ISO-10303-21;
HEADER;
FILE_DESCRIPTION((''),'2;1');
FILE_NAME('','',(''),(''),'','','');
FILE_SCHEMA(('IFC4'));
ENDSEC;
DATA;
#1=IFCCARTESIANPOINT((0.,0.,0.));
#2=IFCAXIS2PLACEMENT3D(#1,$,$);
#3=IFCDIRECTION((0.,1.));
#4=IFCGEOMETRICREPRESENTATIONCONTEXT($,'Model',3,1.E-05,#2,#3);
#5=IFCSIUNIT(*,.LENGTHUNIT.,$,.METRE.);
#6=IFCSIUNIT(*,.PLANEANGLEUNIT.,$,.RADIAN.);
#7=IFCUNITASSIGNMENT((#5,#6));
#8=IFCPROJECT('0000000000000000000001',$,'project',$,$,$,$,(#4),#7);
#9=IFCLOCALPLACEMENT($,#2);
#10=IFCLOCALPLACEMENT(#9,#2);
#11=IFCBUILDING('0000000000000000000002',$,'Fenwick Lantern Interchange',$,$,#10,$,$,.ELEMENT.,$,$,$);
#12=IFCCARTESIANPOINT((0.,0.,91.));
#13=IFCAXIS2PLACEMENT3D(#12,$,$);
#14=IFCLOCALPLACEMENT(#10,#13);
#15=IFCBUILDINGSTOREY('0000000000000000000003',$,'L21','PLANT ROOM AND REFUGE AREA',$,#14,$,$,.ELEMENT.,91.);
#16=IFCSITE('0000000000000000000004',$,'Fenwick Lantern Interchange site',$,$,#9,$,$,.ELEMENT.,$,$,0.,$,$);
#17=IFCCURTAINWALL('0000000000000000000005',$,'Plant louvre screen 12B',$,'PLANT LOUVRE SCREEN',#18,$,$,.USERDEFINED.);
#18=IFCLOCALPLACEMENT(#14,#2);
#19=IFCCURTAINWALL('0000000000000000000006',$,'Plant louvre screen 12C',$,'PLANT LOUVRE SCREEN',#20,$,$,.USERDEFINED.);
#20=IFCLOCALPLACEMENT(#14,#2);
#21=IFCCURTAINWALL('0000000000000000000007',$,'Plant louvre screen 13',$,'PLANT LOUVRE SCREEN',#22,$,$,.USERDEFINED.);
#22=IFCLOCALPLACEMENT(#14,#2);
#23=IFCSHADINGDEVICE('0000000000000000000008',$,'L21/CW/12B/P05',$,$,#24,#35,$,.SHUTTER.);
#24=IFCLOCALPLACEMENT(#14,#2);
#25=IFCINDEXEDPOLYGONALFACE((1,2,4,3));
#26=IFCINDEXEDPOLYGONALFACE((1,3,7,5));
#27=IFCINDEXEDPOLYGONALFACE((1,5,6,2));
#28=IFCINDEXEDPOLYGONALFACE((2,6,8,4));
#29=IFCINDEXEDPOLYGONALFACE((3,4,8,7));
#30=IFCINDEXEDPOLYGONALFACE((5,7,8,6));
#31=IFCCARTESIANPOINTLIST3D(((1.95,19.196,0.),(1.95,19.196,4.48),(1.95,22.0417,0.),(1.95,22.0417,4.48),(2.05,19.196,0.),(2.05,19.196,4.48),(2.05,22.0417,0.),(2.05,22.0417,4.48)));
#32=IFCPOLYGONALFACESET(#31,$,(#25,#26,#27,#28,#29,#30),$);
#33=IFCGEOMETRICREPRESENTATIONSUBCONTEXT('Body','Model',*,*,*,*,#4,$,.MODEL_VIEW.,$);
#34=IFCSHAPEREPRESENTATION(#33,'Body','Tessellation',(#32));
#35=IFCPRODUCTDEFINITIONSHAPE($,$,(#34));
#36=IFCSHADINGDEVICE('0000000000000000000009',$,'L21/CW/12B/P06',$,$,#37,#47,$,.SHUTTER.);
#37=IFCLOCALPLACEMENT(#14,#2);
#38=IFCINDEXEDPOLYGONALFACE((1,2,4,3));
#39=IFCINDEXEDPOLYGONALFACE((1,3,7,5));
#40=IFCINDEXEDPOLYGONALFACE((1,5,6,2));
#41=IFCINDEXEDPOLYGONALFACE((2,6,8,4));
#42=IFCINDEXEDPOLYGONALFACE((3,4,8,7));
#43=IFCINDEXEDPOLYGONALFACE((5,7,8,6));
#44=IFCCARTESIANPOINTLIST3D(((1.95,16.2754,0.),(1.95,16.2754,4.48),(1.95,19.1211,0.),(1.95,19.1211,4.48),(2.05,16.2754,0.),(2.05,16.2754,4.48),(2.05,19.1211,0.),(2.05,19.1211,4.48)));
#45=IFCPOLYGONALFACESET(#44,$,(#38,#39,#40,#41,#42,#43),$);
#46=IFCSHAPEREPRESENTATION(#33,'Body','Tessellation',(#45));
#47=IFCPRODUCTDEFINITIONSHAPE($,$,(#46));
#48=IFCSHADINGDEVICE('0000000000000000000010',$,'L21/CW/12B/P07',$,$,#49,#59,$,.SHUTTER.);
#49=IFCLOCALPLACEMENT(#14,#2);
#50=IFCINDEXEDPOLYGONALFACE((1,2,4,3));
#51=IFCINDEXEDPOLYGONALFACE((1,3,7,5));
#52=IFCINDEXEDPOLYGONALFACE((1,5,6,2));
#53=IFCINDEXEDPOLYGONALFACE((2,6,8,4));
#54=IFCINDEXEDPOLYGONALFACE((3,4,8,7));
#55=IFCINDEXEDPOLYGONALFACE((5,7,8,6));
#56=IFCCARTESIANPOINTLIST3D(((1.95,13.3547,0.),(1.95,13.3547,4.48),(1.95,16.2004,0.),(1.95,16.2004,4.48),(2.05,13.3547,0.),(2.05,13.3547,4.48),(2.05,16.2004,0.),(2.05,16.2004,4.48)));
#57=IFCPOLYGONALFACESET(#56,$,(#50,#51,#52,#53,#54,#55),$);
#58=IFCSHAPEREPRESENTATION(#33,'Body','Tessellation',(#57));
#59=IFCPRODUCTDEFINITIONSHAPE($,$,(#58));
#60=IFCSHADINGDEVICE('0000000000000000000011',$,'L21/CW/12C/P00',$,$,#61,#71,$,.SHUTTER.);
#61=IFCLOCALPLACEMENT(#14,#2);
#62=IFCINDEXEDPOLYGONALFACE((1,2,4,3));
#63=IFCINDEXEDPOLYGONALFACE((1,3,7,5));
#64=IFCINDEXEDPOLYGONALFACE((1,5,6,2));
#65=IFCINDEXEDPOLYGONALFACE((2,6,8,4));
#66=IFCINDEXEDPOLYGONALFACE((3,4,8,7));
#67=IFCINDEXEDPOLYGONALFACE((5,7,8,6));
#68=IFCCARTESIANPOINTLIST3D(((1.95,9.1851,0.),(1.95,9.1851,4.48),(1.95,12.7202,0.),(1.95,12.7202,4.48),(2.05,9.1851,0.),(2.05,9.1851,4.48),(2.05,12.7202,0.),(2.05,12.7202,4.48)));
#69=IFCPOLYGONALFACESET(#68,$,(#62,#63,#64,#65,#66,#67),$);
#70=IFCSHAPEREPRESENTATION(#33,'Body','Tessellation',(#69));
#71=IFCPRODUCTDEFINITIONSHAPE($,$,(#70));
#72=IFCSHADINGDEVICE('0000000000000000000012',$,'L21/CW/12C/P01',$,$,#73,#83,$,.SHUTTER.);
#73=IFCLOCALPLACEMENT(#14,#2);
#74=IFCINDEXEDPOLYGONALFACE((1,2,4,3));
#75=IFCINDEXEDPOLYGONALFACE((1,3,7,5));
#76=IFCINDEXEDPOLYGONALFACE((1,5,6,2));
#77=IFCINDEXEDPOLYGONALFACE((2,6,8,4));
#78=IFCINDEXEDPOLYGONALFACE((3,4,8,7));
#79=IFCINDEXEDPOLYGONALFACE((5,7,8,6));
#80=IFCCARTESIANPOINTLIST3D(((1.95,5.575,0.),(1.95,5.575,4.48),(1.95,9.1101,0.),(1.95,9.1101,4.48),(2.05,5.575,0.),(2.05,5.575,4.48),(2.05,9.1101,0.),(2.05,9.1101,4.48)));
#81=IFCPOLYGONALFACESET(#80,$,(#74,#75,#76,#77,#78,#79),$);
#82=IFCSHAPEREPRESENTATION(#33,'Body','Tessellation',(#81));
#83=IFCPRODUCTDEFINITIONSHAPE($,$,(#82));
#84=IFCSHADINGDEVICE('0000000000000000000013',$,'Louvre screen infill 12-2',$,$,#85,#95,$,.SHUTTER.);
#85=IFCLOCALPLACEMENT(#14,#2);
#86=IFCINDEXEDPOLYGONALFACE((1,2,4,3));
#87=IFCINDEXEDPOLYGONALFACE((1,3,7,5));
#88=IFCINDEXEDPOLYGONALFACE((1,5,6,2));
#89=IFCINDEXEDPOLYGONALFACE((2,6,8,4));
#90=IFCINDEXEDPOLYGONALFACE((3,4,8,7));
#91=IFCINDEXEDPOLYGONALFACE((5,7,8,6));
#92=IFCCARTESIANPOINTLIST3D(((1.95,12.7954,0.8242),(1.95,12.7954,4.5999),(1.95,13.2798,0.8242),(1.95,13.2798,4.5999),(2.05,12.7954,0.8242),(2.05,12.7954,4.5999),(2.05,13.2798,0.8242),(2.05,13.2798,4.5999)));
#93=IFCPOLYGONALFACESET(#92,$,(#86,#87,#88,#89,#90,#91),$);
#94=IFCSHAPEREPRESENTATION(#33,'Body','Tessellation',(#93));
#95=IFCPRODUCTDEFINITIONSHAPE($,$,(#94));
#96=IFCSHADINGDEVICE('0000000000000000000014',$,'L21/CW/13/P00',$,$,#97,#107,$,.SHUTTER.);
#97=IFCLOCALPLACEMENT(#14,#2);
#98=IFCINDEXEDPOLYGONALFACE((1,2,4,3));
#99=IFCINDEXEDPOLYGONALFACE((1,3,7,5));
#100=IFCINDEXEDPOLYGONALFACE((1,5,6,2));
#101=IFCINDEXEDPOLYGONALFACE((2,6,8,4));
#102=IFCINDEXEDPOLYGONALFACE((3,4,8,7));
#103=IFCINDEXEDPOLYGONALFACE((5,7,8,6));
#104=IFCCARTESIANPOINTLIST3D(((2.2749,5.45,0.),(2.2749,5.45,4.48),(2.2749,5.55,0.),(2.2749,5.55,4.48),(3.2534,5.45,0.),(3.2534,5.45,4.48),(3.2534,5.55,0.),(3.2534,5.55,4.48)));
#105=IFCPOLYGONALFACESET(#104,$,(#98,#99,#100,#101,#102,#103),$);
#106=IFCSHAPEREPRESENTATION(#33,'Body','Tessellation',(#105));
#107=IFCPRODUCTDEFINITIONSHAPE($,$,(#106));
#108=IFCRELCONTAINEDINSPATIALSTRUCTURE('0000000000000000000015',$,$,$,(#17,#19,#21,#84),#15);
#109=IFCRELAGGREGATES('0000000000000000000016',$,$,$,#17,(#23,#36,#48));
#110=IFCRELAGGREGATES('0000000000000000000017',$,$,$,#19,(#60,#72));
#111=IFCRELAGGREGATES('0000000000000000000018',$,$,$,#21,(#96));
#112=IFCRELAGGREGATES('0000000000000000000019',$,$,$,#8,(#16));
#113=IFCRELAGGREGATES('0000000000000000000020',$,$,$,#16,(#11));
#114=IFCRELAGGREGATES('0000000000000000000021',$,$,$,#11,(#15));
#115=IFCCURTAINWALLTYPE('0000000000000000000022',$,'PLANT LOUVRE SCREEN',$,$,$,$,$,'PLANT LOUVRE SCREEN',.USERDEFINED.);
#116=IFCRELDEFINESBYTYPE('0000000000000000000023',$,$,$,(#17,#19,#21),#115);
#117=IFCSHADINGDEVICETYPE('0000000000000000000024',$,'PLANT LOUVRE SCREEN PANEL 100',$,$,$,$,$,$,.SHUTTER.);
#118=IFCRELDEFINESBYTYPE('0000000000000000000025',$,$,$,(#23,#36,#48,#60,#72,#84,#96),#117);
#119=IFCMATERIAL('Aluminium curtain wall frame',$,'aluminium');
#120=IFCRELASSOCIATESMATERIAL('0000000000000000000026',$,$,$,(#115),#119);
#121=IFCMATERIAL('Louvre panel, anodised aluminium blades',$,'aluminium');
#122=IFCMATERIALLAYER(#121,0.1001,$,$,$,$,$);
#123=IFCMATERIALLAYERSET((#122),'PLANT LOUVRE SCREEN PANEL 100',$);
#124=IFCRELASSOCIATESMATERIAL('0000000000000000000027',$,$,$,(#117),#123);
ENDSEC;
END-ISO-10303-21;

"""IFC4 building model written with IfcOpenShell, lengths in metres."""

from ifc_helpers import new_model, si_unit, direction, frame, origin, origin_2d, place, context, subcontext, project, spatial, rectangle, extrude, material, layer, layer_set, type_object, element, aggregate, save


model = new_model("IFC4")

# Units and contexts
model_context = context("Model", 3, precision=1e-05, world=origin(), true_north=direction((0.0, 1.0)))
body_context = subcontext(model_context, "Body", "Model", "MODEL_VIEW")
ifc_project = project(units=[si_unit("LENGTHUNIT", "METRE"), si_unit("PLANEANGLEUNIT", "RADIAN")], contexts=[model_context])

# Site, building, storey
site_placement = place(None, origin())
site = spatial("IfcSite", under=ifc_project, at=site_placement, Name="Fenwick Lantern Interchange site", CompositionType="ELEMENT", RefElevation=0.0)
building_placement = place(site_placement, origin())
building = spatial("IfcBuilding", under=site, at=building_placement, Name="Fenwick Lantern Interchange", CompositionType="ELEMENT")
storey_placement = place(building_placement, frame((0.0, 0.0, 91.0)))
storey = spatial("IfcBuildingStorey", under=building, at=storey_placement, Name="L21", Description="PLANT ROOM AND REFUGE AREA", CompositionType="ELEMENT", Elevation=91.0)

# Curtain walls
ifc_material_1 = material(Name="Aluminium curtain wall frame", Category="aluminium")
curtain_wall_type = type_object("IfcCurtainWallType", Name="PLANT LOUVRE SCREEN", ElementType="PLANT LOUVRE SCREEN", PredefinedType="USERDEFINED", material=ifc_material_1)
curtain_wall_1_placement = place(storey_placement, origin())
curtain_wall_1 = element("IfcCurtainWall", 1, at=curtain_wall_1_placement, inside=storey, type_object=curtain_wall_type, Name="Plant louvre screen 12B", ObjectType="PLANT LOUVRE SCREEN", PredefinedType="USERDEFINED")
curtain_wall_2_placement = place(storey_placement, origin())
curtain_wall_2 = element("IfcCurtainWall", 2, at=curtain_wall_2_placement, inside=storey, type_object=curtain_wall_type, Name="Plant louvre screen 12C", ObjectType="PLANT LOUVRE SCREEN", PredefinedType="USERDEFINED")

# Curtain wall
curtain_wall_3_placement = place(storey_placement, origin())
curtain_wall_3 = element("IfcCurtainWall", 3, at=curtain_wall_3_placement, inside=storey, type_object=curtain_wall_type, Name="Plant louvre screen 13", ObjectType="PLANT LOUVRE SCREEN", PredefinedType="USERDEFINED")

# Shading devices
ifc_material_2 = material(Name="Louvre panel, anodised aluminium blades", Category="aluminium")
ifc_layer_1 = layer(ifc_material_2, 0.1001)
ifc_layer_set_1 = layer_set([ifc_layer_1], Name="PLANT LOUVRE SCREEN PANEL 100")
shading_device_type = type_object("IfcShadingDeviceType", Name="PLANT LOUVRE SCREEN PANEL 100", PredefinedType="SHUTTER", material=ifc_layer_set_1)
shading_device_1_placement = place(storey_placement, frame((2.0, 20.6189, 0.0), z_axis=(0.0, 0.0, 1.0), x_axis=(0.0, -1.0, 0.0)))
shading_device_1 = element("IfcShadingDevice", 4, at=shading_device_1_placement, type_object=shading_device_type, Name="L21/CW/12B/P05", PredefinedType="SHUTTER", context=body_context, shape_type="SweptSolid", body=[
    extrude(rectangle(XDim=2.8457, YDim=0.1001, at=origin_2d()), origin(), (0.0, 0.0, 1.0), 4.48),
])
shading_device_2_placement = place(storey_placement, frame((2.0, 17.6982, 0.0), z_axis=(0.0, 0.0, 1.0), x_axis=(0.0, -1.0, 0.0)))
shading_device_2 = element("IfcShadingDevice", 5, at=shading_device_2_placement, type_object=shading_device_type, Name="L21/CW/12B/P06", PredefinedType="SHUTTER", context=body_context, shape_type="SweptSolid", body=[
    extrude(rectangle(XDim=2.8457, YDim=0.1001, at=origin_2d()), origin(), (0.0, 0.0, 1.0), 4.48),
])
shading_device_3_placement = place(storey_placement, frame((2.0, 14.7776, 0.0), z_axis=(0.0, 0.0, 1.0), x_axis=(0.0, -1.0, 0.0)))
shading_device_3 = element("IfcShadingDevice", 6, at=shading_device_3_placement, type_object=shading_device_type, Name="L21/CW/12B/P07", PredefinedType="SHUTTER", context=body_context, shape_type="SweptSolid", body=[
    extrude(rectangle(XDim=2.8457, YDim=0.1001, at=origin_2d()), origin(), (0.0, 0.0, 1.0), 4.48),
])
aggregate(curtain_wall_1, [shading_device_1, shading_device_2, shading_device_3])
shading_device_4_placement = place(storey_placement, frame((2.0, 10.9526, 0.0), z_axis=(0.0, 0.0, 1.0), x_axis=(0.0, -1.0, 0.0)))
shading_device_4 = element("IfcShadingDevice", 7, at=shading_device_4_placement, type_object=shading_device_type, Name="L21/CW/12C/P00", PredefinedType="SHUTTER", context=body_context, shape_type="SweptSolid", body=[
    extrude(rectangle(XDim=3.5352, YDim=0.1001, at=origin_2d()), origin(), (0.0, 0.0, 1.0), 4.48),
])
shading_device_5_placement = place(storey_placement, frame((2.0, 7.3425, 0.0), z_axis=(0.0, 0.0, 1.0), x_axis=(0.0, -1.0, 0.0)))
shading_device_5 = element("IfcShadingDevice", 8, at=shading_device_5_placement, type_object=shading_device_type, Name="L21/CW/12C/P01", PredefinedType="SHUTTER", context=body_context, shape_type="SweptSolid", body=[
    extrude(rectangle(XDim=3.5352, YDim=0.1001, at=origin_2d()), origin(), (0.0, 0.0, 1.0), 4.48),
])
aggregate(curtain_wall_2, [shading_device_4, shading_device_5])
shading_device_6_placement = place(storey_placement, frame((2.0, 13.0376, 0.8242), z_axis=(0.0, 0.0, 1.0), x_axis=(0.0, -1.0, 0.0)))
element("IfcShadingDevice", 9, at=shading_device_6_placement, inside=storey, type_object=shading_device_type, Name="Louvre screen infill 12-2", PredefinedType="SHUTTER", context=body_context, shape_type="SweptSolid", body=[
    extrude(rectangle(XDim=0.4844, YDim=0.1001, at=origin_2d()), origin(), (0.0, 0.0, 1.0), 3.7756),
])
shading_device_7_placement = place(storey_placement, frame((2.7642, 5.5, 0.0), z_axis=(0.0, 0.0, 1.0), x_axis=(1.0, 0.0, 0.0)))
shading_device_7 = element("IfcShadingDevice", 10, at=shading_device_7_placement, type_object=shading_device_type, Name="L21/CW/13/P00", PredefinedType="SHUTTER", context=body_context, shape_type="SweptSolid", body=[
    extrude(rectangle(XDim=0.9785, YDim=0.1001, at=origin_2d()), origin(), (0.0, 0.0, 1.0), 4.48),
])
aggregate(curtain_wall_3, [shading_device_7])

save(model, "model.ifc")
